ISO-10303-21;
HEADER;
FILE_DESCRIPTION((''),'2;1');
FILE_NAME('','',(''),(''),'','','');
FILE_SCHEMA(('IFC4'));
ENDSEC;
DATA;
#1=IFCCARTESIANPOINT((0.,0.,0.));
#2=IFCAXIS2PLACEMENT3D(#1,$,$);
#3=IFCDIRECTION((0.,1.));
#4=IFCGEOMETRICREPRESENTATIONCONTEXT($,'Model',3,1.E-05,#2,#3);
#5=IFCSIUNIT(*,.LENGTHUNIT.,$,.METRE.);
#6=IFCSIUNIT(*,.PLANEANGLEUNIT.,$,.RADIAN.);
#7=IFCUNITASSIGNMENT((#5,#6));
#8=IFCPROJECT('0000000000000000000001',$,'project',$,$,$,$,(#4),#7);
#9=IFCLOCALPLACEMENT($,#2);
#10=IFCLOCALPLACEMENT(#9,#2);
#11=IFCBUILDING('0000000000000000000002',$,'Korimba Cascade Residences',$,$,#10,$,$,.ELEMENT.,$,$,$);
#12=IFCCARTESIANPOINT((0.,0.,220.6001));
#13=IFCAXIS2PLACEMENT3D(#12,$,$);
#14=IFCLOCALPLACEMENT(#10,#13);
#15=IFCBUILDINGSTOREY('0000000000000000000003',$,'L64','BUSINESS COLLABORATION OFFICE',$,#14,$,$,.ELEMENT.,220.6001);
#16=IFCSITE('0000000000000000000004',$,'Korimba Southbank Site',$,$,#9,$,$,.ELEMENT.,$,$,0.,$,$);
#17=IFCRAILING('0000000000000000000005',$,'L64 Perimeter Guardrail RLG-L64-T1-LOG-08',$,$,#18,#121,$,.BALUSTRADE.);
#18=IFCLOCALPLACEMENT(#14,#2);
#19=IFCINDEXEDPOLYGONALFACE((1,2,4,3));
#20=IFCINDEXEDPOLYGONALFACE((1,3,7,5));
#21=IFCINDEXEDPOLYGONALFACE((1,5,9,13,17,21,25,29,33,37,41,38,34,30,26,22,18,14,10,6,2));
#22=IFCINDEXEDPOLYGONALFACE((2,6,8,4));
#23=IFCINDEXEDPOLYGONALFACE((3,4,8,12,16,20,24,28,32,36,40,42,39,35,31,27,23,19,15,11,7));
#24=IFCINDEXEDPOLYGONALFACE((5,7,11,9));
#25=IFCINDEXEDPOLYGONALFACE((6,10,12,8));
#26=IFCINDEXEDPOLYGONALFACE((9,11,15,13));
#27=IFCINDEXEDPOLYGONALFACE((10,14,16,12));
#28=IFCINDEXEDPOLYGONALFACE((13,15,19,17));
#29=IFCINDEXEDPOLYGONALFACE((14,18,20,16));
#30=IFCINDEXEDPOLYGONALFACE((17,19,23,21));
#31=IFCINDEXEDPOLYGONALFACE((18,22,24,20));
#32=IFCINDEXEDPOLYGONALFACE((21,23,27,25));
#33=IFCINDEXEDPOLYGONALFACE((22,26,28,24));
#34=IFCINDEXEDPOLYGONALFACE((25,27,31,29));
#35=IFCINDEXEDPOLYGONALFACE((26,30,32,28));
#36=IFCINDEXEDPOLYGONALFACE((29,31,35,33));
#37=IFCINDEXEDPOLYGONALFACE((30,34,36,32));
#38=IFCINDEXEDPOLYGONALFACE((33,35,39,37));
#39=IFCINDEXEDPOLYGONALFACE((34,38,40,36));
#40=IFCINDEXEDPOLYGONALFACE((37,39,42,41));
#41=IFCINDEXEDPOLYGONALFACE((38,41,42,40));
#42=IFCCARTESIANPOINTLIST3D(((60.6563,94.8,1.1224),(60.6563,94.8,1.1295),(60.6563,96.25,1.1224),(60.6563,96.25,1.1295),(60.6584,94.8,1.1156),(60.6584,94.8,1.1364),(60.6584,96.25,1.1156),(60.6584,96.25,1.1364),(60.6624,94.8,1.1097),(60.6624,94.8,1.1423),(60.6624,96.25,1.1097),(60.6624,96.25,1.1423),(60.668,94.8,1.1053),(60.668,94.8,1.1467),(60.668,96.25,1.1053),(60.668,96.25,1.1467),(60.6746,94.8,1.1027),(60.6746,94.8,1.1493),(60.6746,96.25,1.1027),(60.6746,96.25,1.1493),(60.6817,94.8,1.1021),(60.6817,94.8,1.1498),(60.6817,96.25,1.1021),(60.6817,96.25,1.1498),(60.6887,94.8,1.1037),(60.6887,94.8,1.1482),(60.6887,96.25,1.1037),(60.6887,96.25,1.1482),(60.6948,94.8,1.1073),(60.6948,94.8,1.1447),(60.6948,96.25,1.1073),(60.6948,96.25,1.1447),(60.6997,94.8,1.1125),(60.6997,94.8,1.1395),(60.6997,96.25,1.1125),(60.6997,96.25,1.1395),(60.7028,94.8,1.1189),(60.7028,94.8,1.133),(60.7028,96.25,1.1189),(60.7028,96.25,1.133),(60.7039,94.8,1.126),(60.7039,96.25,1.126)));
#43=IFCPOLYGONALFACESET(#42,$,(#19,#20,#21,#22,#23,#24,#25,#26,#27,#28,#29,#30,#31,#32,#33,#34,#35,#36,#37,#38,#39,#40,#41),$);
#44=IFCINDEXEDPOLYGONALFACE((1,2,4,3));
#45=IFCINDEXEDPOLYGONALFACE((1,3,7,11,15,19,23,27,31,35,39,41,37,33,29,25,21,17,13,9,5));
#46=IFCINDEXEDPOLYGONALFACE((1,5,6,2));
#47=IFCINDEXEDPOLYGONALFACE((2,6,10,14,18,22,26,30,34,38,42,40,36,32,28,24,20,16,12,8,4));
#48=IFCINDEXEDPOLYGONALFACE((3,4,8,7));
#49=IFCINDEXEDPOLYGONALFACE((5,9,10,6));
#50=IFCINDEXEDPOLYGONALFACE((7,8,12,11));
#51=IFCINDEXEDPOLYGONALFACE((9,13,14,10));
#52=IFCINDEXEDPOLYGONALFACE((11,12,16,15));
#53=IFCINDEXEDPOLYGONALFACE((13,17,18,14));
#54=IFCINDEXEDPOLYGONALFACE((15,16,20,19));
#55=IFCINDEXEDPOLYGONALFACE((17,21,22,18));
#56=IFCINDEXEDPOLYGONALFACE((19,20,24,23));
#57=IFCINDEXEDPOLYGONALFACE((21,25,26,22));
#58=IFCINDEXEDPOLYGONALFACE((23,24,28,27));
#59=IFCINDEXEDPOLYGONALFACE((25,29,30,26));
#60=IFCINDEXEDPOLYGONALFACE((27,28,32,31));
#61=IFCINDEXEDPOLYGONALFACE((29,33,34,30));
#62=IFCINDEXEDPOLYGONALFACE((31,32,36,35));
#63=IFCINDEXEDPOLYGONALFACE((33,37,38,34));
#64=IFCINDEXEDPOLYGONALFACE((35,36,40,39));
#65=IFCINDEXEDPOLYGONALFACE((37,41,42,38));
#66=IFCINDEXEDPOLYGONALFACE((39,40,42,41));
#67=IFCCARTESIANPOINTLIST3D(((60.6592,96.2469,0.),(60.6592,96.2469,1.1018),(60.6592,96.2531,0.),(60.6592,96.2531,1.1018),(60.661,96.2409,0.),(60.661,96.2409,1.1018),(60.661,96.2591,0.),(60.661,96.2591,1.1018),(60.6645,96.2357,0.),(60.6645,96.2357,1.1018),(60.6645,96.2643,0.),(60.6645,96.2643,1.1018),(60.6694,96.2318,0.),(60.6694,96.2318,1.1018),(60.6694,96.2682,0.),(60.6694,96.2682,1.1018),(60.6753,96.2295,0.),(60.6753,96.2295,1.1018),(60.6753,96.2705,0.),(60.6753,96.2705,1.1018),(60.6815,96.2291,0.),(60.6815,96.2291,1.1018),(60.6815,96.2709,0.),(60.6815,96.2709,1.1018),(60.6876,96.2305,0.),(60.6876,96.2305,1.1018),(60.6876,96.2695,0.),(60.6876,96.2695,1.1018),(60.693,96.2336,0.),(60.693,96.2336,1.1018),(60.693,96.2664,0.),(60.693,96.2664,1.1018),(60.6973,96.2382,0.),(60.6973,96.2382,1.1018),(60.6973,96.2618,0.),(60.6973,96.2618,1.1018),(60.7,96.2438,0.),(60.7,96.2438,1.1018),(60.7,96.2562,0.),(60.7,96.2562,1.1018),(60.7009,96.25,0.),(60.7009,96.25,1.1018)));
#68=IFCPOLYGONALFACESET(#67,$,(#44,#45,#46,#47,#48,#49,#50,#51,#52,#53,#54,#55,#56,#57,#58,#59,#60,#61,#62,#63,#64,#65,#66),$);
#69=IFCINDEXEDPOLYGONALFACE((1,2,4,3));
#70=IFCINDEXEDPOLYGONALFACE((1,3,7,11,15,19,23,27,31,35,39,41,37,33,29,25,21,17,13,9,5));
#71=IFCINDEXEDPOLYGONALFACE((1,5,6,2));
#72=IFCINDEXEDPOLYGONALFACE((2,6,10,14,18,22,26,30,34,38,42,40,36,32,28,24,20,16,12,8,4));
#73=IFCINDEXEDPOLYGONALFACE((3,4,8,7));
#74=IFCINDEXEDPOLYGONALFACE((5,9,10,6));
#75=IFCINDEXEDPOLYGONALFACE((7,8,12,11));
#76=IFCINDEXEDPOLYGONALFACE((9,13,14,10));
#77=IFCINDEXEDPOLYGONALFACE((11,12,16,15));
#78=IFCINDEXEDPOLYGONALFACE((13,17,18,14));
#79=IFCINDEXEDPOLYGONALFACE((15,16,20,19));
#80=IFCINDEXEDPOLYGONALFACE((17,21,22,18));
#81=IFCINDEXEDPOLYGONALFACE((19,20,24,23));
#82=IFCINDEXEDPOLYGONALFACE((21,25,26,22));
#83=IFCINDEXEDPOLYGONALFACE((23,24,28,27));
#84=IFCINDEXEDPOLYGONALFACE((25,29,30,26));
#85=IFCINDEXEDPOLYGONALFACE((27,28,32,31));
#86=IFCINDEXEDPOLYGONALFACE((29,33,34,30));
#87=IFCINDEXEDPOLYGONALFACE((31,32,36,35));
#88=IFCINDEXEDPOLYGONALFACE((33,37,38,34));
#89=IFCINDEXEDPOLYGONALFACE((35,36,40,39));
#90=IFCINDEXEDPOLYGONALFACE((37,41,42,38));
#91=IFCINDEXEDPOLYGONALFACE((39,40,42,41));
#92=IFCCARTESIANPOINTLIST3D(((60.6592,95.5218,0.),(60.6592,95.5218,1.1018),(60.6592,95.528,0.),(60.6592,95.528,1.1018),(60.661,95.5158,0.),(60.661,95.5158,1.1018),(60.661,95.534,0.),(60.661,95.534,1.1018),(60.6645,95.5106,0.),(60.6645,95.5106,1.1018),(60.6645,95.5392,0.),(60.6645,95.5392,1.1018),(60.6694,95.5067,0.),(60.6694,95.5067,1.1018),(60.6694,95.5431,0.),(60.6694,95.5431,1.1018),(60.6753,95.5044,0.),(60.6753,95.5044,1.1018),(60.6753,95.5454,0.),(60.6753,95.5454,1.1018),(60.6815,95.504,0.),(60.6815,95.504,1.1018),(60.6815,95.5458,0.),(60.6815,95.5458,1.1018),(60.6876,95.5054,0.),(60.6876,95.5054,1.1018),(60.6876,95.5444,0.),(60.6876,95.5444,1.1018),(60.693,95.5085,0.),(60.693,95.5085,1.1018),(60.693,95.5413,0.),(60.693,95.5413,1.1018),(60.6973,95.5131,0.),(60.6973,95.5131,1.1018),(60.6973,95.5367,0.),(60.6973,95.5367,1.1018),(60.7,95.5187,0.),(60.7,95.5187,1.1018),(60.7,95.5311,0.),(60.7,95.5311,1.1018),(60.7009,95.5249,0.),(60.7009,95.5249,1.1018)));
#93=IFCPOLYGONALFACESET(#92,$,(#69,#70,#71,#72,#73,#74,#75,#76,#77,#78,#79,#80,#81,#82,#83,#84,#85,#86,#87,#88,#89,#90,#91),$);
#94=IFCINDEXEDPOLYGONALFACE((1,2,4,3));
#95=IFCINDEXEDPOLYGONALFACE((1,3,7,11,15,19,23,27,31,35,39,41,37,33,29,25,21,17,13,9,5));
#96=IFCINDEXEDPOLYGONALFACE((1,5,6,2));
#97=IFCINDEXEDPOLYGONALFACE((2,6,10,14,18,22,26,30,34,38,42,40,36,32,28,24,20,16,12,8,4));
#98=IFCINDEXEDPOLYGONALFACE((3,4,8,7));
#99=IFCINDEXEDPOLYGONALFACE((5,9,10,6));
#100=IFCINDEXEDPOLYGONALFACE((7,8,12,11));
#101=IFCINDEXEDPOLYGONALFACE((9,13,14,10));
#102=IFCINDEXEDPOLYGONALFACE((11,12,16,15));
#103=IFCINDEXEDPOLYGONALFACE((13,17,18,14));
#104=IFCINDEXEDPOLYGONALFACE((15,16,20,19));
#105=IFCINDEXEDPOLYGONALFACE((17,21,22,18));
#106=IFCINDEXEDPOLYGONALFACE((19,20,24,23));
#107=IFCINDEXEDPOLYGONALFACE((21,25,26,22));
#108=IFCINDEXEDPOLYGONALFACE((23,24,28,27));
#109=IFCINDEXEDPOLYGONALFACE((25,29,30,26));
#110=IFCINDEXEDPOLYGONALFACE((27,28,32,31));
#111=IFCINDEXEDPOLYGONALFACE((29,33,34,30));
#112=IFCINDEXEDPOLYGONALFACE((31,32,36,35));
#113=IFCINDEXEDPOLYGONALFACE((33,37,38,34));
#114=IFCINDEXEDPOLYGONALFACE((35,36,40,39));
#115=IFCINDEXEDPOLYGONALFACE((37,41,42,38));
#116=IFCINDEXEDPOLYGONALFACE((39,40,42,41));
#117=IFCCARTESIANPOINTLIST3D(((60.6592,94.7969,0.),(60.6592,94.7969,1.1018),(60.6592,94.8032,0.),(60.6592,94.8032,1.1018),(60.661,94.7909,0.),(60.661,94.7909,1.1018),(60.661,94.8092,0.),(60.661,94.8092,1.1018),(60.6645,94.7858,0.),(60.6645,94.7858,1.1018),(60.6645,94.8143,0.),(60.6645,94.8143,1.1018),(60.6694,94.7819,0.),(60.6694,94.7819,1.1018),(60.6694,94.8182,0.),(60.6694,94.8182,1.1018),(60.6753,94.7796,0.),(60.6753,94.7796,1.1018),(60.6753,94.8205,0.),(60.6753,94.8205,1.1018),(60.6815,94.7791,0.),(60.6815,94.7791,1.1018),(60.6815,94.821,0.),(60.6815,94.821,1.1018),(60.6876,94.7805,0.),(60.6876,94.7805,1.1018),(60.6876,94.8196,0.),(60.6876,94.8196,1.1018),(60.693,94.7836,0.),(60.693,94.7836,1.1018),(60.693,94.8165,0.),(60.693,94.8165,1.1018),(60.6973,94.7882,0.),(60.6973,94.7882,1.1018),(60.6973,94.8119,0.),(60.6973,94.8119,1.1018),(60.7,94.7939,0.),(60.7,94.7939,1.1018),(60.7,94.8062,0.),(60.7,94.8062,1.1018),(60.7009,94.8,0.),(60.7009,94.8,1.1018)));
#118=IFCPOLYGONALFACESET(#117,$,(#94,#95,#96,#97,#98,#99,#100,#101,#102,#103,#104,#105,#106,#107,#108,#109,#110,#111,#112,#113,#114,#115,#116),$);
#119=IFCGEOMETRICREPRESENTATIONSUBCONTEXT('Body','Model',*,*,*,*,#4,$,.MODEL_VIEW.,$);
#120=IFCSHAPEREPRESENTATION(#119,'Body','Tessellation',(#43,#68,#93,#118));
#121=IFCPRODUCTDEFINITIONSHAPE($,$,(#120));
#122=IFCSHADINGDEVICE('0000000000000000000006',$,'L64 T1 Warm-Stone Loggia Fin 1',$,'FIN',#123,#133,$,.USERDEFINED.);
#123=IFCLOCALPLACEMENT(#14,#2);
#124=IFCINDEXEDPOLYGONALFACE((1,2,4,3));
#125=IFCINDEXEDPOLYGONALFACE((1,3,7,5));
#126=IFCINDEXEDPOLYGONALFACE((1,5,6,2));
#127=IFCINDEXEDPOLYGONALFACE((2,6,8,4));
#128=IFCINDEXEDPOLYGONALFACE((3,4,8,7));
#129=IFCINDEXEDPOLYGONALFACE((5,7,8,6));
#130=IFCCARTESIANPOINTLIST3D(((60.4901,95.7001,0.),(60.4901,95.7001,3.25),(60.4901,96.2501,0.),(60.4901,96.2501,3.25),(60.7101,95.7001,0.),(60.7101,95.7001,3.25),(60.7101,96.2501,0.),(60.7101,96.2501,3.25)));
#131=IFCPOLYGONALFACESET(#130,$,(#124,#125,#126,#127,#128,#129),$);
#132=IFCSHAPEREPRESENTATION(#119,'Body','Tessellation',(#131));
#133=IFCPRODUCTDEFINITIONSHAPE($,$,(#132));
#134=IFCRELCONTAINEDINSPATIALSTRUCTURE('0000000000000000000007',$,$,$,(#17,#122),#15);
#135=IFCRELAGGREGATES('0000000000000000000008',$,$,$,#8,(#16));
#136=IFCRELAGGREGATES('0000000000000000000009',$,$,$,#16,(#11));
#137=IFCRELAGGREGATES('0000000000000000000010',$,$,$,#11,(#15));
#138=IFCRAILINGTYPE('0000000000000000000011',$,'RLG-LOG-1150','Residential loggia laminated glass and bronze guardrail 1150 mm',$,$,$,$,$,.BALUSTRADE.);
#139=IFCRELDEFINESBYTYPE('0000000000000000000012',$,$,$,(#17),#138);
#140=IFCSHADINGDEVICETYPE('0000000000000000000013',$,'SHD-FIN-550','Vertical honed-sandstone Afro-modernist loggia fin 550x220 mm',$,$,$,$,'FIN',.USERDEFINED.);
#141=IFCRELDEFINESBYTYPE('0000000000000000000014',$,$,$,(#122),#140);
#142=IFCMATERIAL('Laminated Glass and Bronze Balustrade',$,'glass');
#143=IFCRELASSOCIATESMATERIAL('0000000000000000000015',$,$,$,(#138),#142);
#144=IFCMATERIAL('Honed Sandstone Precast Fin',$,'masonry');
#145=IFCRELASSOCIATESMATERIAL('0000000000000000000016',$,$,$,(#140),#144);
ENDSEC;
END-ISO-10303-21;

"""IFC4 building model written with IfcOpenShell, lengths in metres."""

from ifc_helpers import new_model, si_unit, direction, frame, origin, origin_2d, place, context, subcontext, project, spatial, rectangle, circle, extrude, material, type_object, element, save


model = new_model("IFC4")

# Units and contexts
model_context = context("Model", 3, precision=1e-05, world=origin(), true_north=direction((0.0, 1.0)))
body_context = subcontext(model_context, "Body", "Model", "MODEL_VIEW")
ifc_project = project(units=[si_unit("LENGTHUNIT", "METRE"), si_unit("PLANEANGLEUNIT", "RADIAN")], contexts=[model_context])

# Site, building, storey
site_placement = place(None, origin())
site = spatial("IfcSite", under=ifc_project, at=site_placement, Name="Korimba Southbank Site", CompositionType="ELEMENT", RefElevation=0.0)
building_placement = place(site_placement, origin())
building = spatial("IfcBuilding", under=site, at=building_placement, Name="Korimba Cascade Residences", CompositionType="ELEMENT")
storey_placement = place(building_placement, frame((0.0, 0.0, 220.6001)))
storey = spatial("IfcBuildingStorey", under=building, at=storey_placement, Name="L64", Description="BUSINESS COLLABORATION OFFICE", CompositionType="ELEMENT", Elevation=220.6001)

# Railing
ifc_material_1 = material(Name="Laminated Glass and Bronze Balustrade", Category="glass")
railing_type = type_object("IfcRailingType", Name="RLG-LOG-1150", Description="Residential loggia laminated glass and bronze guardrail 1150 mm", PredefinedType="BALUSTRADE", material=ifc_material_1)
railing_placement = place(storey_placement, frame((60.6799, 96.25, 0.0)))
element("IfcRailing", 1, at=railing_placement, inside=storey, type_object=railing_type, Name="L64 Perimeter Guardrail RLG-L64-T1-LOG-08", PredefinedType="BALUSTRADE", context=body_context, shape_type="SweptSolid", body=[
    extrude(circle(Radius=0.0239, at=origin_2d()), frame((0.0, 0.0, 1.126), z_axis=(0.0, -1.0, 0.0), x_axis=(1.0, 0.0, 0.0)), (0.0, 0.0, 1.0), 1.45),
    extrude(circle(Radius=0.021, at=origin_2d()), origin(), (0.0, 0.0, 1.0), 1.1018),
    extrude(circle(Radius=0.021, at=origin_2d()), frame((0.0, -0.7251, 0.0)), (0.0, 0.0, 1.0), 1.1018),
    extrude(circle(Radius=0.021, at=origin_2d()), frame((0.0, -1.45, 0.0)), (0.0, 0.0, 1.0), 1.1018),
])

# Shading device
ifc_material_2 = material(Name="Honed Sandstone Precast Fin", Category="masonry")
shading_device_type = type_object("IfcShadingDeviceType", Name="SHD-FIN-550", Description="Vertical honed-sandstone Afro-modernist loggia fin 550x220 mm", ElementType="FIN", PredefinedType="USERDEFINED", material=ifc_material_2)
shading_device_placement = place(storey_placement, frame((60.6001, 95.9751, 0.0), z_axis=(0.0, 0.0, 1.0), x_axis=(1.0, 0.0, 0.0)))
element("IfcShadingDevice", 2, at=shading_device_placement, inside=storey, type_object=shading_device_type, Name="L64 T1 Warm-Stone Loggia Fin 1", ObjectType="FIN", PredefinedType="USERDEFINED", context=body_context, shape_type="SweptSolid", body=[
    extrude(rectangle(XDim=0.22, YDim=0.55, at=origin_2d()), origin(), (0.0, 0.0, 1.0), 3.25),
])

save(model, "model.ifc")
